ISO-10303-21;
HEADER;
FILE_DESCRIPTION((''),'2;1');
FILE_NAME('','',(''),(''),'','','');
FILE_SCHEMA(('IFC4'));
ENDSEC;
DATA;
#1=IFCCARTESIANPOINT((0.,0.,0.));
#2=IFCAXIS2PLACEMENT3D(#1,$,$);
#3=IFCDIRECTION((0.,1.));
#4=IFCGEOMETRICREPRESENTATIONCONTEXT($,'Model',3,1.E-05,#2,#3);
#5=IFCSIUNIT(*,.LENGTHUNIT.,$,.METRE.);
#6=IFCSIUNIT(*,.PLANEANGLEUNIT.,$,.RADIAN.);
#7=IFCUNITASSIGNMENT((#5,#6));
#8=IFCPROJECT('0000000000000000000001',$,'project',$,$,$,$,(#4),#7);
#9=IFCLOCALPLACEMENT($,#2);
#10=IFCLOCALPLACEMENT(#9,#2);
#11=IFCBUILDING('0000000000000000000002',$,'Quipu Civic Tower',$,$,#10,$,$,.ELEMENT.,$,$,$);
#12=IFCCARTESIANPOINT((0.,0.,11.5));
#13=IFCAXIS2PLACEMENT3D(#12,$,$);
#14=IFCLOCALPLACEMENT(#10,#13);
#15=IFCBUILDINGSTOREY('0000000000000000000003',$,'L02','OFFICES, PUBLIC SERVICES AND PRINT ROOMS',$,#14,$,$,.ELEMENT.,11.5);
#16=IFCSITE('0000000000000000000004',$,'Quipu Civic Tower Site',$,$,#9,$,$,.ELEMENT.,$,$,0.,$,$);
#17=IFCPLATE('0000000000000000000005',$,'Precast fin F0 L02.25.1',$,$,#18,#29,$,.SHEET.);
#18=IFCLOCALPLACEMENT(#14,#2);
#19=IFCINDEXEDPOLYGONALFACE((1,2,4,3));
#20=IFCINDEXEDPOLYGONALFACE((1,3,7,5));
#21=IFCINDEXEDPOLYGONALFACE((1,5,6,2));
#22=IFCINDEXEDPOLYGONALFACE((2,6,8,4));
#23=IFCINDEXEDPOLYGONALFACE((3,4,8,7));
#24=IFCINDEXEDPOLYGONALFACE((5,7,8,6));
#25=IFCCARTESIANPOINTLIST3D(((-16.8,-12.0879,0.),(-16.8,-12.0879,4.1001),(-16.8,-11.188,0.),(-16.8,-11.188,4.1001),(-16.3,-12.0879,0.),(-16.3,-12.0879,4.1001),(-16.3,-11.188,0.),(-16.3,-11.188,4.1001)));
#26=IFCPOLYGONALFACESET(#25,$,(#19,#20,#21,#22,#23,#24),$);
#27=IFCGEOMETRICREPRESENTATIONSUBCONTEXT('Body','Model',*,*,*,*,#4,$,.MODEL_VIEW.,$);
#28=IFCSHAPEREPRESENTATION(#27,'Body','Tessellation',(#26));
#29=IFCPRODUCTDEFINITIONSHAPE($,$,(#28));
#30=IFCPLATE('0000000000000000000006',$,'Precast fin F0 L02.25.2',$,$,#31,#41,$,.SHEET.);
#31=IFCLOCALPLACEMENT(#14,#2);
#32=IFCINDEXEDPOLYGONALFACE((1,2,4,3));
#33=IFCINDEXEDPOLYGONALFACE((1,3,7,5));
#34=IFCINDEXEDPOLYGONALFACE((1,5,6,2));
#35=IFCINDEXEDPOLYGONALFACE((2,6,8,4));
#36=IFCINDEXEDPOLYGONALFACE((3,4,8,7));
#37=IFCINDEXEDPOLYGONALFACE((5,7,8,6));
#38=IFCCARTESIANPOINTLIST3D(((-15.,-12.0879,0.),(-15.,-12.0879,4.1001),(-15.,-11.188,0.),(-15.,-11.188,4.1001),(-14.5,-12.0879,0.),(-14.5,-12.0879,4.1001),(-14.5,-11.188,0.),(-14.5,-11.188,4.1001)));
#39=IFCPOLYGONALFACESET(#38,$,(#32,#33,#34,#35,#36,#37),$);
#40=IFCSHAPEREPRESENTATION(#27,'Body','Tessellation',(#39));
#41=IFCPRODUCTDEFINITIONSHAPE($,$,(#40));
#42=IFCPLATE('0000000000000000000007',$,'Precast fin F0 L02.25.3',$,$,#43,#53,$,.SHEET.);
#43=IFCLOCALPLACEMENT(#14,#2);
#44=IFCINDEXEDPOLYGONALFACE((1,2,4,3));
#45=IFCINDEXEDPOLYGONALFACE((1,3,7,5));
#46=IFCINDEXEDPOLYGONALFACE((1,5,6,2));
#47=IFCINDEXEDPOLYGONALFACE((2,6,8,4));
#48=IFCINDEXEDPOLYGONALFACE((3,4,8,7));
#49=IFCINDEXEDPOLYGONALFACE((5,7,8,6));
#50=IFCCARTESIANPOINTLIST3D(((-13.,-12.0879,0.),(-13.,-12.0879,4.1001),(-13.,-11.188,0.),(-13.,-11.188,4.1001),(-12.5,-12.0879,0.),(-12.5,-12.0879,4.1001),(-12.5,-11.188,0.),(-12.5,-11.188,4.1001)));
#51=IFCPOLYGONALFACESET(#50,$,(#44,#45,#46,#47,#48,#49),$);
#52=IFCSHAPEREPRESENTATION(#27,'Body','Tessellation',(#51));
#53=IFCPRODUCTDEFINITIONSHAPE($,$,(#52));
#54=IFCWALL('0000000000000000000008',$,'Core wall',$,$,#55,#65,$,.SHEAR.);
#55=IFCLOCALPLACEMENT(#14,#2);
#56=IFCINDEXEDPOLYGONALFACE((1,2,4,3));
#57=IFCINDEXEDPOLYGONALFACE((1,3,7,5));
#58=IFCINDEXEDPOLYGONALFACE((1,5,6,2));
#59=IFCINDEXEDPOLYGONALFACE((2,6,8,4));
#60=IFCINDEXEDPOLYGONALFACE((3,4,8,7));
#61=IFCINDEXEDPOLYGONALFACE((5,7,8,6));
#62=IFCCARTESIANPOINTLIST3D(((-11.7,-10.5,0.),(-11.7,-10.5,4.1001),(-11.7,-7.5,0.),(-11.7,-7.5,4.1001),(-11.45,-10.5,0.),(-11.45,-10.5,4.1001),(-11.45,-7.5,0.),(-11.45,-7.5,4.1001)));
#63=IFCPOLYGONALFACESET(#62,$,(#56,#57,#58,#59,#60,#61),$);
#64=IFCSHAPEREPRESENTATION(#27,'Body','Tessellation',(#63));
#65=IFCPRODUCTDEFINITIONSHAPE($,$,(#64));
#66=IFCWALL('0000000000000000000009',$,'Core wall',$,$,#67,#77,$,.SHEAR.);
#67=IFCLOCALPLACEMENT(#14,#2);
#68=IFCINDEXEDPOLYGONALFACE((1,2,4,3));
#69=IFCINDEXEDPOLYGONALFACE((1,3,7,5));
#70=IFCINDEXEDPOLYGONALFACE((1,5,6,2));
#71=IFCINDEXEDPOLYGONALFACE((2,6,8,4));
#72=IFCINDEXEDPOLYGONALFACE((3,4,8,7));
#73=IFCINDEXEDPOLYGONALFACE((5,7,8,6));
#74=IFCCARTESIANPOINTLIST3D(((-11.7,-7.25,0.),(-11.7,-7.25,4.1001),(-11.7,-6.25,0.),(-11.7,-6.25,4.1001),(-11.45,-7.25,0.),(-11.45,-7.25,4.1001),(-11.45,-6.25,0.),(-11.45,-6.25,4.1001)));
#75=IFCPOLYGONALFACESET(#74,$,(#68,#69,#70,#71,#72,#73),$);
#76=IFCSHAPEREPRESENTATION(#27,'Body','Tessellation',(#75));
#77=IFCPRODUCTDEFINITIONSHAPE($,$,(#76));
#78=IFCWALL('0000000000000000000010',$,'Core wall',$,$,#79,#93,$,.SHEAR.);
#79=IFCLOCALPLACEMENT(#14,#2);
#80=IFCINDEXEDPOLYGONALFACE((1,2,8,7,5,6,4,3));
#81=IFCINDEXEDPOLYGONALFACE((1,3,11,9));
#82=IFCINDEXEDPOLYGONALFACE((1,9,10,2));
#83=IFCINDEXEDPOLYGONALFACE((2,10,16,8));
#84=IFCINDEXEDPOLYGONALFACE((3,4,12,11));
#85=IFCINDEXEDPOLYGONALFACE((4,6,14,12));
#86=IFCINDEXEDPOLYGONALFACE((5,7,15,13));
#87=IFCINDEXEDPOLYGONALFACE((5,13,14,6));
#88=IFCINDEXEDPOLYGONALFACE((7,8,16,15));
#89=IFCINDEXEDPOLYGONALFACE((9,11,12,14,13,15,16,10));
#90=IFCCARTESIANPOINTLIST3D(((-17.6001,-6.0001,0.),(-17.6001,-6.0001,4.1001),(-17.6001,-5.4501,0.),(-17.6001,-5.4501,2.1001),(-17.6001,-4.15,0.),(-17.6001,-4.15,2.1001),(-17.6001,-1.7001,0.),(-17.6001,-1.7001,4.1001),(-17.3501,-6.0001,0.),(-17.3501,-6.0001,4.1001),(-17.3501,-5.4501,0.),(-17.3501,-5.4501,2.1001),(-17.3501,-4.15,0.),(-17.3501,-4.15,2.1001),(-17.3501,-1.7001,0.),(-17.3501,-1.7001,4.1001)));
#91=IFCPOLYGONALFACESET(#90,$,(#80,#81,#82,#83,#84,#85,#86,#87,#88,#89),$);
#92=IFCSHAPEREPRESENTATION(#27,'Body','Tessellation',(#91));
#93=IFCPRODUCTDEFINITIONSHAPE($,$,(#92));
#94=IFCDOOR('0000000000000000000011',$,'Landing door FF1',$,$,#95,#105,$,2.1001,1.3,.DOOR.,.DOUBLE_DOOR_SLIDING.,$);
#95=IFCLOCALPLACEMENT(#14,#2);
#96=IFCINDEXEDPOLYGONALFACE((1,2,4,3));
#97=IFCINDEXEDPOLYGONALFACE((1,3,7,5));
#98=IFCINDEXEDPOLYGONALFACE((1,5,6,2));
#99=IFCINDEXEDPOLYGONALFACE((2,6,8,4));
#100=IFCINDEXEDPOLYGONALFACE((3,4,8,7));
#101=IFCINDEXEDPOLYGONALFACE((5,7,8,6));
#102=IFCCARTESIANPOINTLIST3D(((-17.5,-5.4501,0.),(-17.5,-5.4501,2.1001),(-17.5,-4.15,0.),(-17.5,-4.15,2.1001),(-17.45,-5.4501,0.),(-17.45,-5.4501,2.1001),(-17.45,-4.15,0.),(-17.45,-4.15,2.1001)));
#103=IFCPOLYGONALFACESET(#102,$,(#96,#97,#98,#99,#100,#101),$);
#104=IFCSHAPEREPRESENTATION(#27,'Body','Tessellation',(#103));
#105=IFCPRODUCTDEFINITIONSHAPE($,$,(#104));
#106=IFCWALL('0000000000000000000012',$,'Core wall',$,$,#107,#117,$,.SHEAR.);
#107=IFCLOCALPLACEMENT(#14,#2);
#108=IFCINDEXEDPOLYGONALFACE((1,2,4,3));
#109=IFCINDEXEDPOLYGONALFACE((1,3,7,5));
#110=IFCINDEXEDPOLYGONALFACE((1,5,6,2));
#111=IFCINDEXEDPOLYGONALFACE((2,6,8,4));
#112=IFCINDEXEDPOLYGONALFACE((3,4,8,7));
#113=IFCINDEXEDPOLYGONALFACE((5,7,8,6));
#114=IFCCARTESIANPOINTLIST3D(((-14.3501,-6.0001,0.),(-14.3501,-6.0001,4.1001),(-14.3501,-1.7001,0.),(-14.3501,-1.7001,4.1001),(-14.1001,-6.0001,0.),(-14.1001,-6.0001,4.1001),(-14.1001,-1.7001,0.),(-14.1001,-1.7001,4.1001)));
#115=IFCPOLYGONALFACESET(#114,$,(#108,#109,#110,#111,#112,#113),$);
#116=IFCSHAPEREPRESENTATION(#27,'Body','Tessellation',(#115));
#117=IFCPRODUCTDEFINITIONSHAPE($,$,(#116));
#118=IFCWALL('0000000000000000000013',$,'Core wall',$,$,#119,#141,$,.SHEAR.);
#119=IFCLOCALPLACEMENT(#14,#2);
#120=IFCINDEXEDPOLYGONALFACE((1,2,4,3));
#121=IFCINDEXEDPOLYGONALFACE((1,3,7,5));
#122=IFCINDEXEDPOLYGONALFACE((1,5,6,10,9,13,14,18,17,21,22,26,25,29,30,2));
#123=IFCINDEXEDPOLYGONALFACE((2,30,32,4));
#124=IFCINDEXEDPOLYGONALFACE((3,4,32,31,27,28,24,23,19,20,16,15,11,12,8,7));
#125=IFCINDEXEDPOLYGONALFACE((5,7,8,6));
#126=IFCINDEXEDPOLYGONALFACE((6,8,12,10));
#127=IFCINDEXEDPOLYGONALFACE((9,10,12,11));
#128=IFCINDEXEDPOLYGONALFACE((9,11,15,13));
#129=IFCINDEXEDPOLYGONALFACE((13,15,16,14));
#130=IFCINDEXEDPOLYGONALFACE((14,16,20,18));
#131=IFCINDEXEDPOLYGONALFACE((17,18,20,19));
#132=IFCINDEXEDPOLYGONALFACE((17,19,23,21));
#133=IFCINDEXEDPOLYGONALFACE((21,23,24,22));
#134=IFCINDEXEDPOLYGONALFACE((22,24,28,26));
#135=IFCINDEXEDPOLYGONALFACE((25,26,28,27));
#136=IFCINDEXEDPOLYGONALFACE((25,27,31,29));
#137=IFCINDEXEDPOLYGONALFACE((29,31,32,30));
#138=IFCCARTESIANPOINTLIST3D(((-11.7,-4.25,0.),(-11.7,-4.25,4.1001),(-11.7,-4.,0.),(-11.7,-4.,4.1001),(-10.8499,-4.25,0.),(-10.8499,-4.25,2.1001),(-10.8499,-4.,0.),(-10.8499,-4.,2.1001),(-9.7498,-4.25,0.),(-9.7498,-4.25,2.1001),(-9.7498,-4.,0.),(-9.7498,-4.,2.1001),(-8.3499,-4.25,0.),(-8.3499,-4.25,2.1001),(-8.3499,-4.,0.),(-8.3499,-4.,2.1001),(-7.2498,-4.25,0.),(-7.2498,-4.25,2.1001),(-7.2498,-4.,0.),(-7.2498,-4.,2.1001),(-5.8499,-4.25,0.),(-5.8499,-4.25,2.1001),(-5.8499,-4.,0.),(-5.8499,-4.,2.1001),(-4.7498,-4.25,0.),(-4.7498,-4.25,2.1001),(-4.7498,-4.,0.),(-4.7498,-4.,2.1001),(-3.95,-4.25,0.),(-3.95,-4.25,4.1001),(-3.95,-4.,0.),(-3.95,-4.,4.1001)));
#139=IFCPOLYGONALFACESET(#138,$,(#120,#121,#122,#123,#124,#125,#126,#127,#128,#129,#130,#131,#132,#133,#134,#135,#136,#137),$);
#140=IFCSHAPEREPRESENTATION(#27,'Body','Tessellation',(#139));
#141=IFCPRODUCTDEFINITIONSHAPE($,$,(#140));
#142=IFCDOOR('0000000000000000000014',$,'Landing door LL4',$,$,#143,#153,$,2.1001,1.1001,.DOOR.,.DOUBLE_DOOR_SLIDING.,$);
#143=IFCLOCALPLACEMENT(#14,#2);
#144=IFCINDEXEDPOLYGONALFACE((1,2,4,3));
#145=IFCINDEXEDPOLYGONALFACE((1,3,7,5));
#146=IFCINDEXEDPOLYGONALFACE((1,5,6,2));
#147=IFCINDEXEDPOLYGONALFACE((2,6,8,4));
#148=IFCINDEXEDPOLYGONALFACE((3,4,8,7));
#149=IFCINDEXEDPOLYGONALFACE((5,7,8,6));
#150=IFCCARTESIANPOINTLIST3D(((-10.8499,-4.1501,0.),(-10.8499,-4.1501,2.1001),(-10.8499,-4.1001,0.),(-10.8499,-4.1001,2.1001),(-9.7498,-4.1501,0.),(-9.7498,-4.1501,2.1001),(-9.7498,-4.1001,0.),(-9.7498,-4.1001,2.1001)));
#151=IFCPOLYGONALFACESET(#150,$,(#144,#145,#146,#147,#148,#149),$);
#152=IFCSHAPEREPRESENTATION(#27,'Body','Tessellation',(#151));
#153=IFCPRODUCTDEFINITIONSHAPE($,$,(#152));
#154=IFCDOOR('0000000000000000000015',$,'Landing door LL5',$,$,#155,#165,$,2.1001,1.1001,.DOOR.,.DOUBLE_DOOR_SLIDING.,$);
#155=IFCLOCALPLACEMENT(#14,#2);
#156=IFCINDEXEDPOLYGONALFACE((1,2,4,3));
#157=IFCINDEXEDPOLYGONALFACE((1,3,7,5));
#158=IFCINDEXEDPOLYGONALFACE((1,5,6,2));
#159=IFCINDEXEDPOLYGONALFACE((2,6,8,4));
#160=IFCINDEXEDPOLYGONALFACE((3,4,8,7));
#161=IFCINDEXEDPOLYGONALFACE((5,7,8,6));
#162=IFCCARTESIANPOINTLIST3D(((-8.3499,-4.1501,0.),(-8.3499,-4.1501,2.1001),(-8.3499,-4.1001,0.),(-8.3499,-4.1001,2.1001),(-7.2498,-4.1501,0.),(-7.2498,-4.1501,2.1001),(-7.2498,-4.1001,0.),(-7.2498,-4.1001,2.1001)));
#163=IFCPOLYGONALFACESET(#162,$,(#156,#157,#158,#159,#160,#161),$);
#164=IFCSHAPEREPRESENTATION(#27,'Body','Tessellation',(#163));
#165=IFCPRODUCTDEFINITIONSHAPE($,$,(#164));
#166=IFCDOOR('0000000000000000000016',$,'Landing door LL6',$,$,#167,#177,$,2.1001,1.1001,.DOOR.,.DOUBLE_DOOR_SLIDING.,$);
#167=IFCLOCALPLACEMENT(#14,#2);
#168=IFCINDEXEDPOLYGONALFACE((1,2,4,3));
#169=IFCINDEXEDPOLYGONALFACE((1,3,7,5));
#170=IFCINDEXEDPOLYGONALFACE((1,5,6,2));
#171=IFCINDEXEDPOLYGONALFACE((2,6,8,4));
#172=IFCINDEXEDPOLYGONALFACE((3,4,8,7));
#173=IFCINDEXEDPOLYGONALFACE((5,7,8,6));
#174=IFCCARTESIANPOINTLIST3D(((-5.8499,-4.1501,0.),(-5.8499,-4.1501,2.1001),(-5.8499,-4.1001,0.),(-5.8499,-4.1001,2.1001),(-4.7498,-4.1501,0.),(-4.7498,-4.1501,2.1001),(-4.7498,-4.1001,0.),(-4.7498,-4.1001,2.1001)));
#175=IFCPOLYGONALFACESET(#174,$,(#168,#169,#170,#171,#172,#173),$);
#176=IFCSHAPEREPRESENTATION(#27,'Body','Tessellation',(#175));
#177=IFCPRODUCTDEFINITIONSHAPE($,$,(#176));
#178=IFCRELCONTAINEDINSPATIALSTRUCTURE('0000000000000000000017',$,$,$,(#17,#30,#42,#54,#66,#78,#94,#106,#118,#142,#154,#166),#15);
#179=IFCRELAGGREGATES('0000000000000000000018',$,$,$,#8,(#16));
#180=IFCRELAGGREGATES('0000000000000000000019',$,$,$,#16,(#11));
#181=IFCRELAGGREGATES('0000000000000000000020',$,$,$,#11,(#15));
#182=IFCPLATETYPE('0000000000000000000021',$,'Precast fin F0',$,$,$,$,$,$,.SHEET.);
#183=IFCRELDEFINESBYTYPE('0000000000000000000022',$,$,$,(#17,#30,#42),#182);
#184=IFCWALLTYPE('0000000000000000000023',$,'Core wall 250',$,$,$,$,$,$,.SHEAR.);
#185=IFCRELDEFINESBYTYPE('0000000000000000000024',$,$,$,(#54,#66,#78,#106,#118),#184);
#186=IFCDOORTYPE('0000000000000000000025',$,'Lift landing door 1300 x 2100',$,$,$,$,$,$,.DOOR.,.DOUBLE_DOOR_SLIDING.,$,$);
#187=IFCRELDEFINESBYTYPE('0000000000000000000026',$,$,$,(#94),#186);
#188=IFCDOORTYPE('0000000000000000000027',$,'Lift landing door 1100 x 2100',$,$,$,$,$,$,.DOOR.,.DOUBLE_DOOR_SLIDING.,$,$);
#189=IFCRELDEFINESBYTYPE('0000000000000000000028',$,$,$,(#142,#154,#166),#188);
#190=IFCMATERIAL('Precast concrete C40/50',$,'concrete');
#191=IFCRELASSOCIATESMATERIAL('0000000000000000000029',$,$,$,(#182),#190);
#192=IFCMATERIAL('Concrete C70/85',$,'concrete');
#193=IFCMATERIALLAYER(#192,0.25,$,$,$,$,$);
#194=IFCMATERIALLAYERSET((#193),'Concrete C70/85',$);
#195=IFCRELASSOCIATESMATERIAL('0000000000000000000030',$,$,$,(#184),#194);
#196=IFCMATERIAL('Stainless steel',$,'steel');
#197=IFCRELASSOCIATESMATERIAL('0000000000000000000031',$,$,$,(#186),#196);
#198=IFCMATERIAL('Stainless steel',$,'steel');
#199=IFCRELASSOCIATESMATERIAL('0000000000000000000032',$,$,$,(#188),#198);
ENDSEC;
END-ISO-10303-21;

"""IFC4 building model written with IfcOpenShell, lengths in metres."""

from ifc_helpers import new_model, si_unit, direction, frame, frame_2d, origin, origin_2d, place, context, subcontext, project, spatial, rectangle, extrude, material, layer, layer_set, type_object, element, fill, save


model = new_model("IFC4")

# Units and contexts
model_context = context("Model", 3, precision=1e-05, world=origin(), true_north=direction((0.0, 1.0)))
body_context = subcontext(model_context, "Body", "Model", "MODEL_VIEW")
ifc_project = project(units=[si_unit("LENGTHUNIT", "METRE"), si_unit("PLANEANGLEUNIT", "RADIAN")], contexts=[model_context])

# Site, building, storey
site_placement = place(None, origin())
site = spatial("IfcSite", under=ifc_project, at=site_placement, Name="Quipu Civic Tower Site", CompositionType="ELEMENT", RefElevation=0.0)
building_placement = place(site_placement, origin())
building = spatial("IfcBuilding", under=site, at=building_placement, Name="Quipu Civic Tower", CompositionType="ELEMENT")
storey_placement = place(building_placement, frame((0.0, 0.0, 11.5)))
storey = spatial("IfcBuildingStorey", under=building, at=storey_placement, Name="L02", Description="OFFICES, PUBLIC SERVICES AND PRINT ROOMS", CompositionType="ELEMENT", Elevation=11.5)

# Plates
ifc_material_1 = material(Name="Precast concrete C40/50", Category="concrete")
plate_type = type_object("IfcPlateType", Name="Precast fin F0", PredefinedType="SHEET", material=ifc_material_1)
for number, where, z_axis, x_axis, name in (
    (1, (-16.55, -11.6379, 0.0), (0.0, 0.0, 1.0), (1.0, 0.0, 0.0), "Precast fin F0 L02.25.1"),
    (2, (-14.75, -11.6379, 0.0), (0.0, 0.0, 1.0), (1.0, 0.0, 0.0), "Precast fin F0 L02.25.2"),
    (3, (-12.75, -11.6379, 0.0), (0.0, 0.0, 1.0), (1.0, 0.0, 0.0), "Precast fin F0 L02.25.3"),
):
    element("IfcPlate", number, at=place(storey_placement, frame(where, z_axis=z_axis, x_axis=x_axis)), inside=storey, type_object=plate_type, Name=name, PredefinedType="SHEET", context=body_context, shape_type="SweptSolid", body=[
        extrude(rectangle(XDim=0.5, YDim=0.8999, at=origin_2d()), origin(), (0.0, 0.0, 1.0), 4.1001),
    ])

# Walls
ifc_material_2 = material(Name="Concrete C70/85", Category="concrete")
ifc_layer_1 = layer(ifc_material_2, 0.25)
ifc_layer_set_1 = layer_set([ifc_layer_1], Name="Concrete C70/85")
wall_type_1 = type_object("IfcWallType", Name="Core wall 250", PredefinedType="SHEAR", material=ifc_layer_set_1)
wall_1_placement = place(storey_placement, frame((-11.575, -10.5, 0.0), z_axis=(0.0, 0.0, 1.0), x_axis=(0.0, 1.0, 0.0)))
element("IfcWall", 4, at=wall_1_placement, inside=storey, type_object=wall_type_1, Name="Core wall", PredefinedType="SHEAR", context=body_context, shape_type="SweptSolid", body=[
    extrude(rectangle(XDim=3.0, YDim=0.25, at=frame_2d((1.5, 0.0))), origin(), (0.0, 0.0, 1.0), 4.1001),
])
wall_2_placement = place(storey_placement, frame((-11.575, -7.25, 0.0), z_axis=(0.0, 0.0, 1.0), x_axis=(0.0, 1.0, 0.0)))
element("IfcWall", 5, at=wall_2_placement, inside=storey, type_object=wall_type_1, Name="Core wall", PredefinedType="SHEAR", context=body_context, shape_type="SweptSolid", body=[
    extrude(rectangle(XDim=1.0, YDim=0.25, at=frame_2d((0.5, 0.0))), origin(), (0.0, 0.0, 1.0), 4.1001),
])

# Wall, opening, door
wall_3_placement = place(storey_placement, frame((-17.4751, -6.0, 0.0), z_axis=(0.0, 0.0, 1.0), x_axis=(0.0, 1.0, 0.0)))
wall_3 = element("IfcWall", 6, at=wall_3_placement, inside=storey, type_object=wall_type_1, Name="Core wall", PredefinedType="SHEAR", context=body_context, shape_type="SweptSolid", body=[
    extrude(rectangle(XDim=4.3, YDim=0.25, at=frame_2d((2.1499, 0.0))), origin(), (0.0, 0.0, 1.0), 4.1001),
])
opening_1_placement = place(wall_3_placement, frame((0.55, 0.0, 0.0)))
opening_1 = element("IfcOpeningElement", 7, at=opening_1_placement, cuts=wall_3, PredefinedType="OPENING", context=body_context, shape_type="SweptSolid", body=[
    extrude(rectangle(XDim=1.3, YDim=2.1001, at=frame_2d((0.6499, 1.05))), frame((0.0, 0.135, 0.0), z_axis=(0.0, -1.0, 0.0), x_axis=(1.0, 0.0, 0.0)), (0.0, 0.0, 1.0), 0.27),
])
ifc_material_3 = material(Name="Stainless steel", Category="steel")
door_type_1 = type_object("IfcDoorType", Name="Lift landing door 1300 x 2100", OperationType="DOUBLE_DOOR_SLIDING", PredefinedType="DOOR", material=ifc_material_3)
door_1_placement = place(opening_1_placement, origin())
door_1 = element("IfcDoor", 8, at=door_1_placement, inside=storey, type_object=door_type_1, Name="Landing door FF1", OperationType="DOUBLE_DOOR_SLIDING", OverallHeight=2.1001, OverallWidth=1.3, PredefinedType="DOOR", context=body_context, shape_type="SweptSolid", body=[
    extrude(rectangle(XDim=1.3, YDim=2.1001, at=frame_2d((0.6499, 1.05))), frame((0.0, 0.0249, 0.0), z_axis=(0.0, -1.0, 0.0), x_axis=(1.0, 0.0, 0.0)), (0.0, 0.0, 1.0), 0.05),
])
fill(opening_1, door_1)

# Wall
wall_4_placement = place(storey_placement, frame((-14.2251, -6.0, 0.0), z_axis=(0.0, 0.0, 1.0), x_axis=(0.0, 1.0, 0.0)))
element("IfcWall", 9, at=wall_4_placement, inside=storey, type_object=wall_type_1, Name="Core wall", PredefinedType="SHEAR", context=body_context, shape_type="SweptSolid", body=[
    extrude(rectangle(XDim=4.3, YDim=0.25, at=frame_2d((2.1499, 0.0))), origin(), (0.0, 0.0, 1.0), 4.1001),
])

# Wall, openings, doors
wall_5_placement = place(storey_placement, frame((-11.7, -4.125, 0.0), z_axis=(0.0, 0.0, 1.0), x_axis=(1.0, 0.0, 0.0)))
wall_5 = element("IfcWall", 10, at=wall_5_placement, inside=storey, type_object=wall_type_1, Name="Core wall", PredefinedType="SHEAR", context=body_context, shape_type="SweptSolid", body=[
    extrude(rectangle(XDim=7.75, YDim=0.25, at=frame_2d((3.875, 0.0))), origin(), (0.0, 0.0, 1.0), 4.1001),
])
opening_2_placement = place(wall_5_placement, frame((0.8501, 0.0, 0.0)))
opening_2 = element("IfcOpeningElement", 11, at=opening_2_placement, cuts=wall_5, PredefinedType="OPENING", context=body_context, shape_type="SweptSolid", body=[
    extrude(rectangle(XDim=1.1001, YDim=2.1001, at=frame_2d((0.55, 1.05))), frame((0.0, 0.135, 0.0), z_axis=(0.0, -1.0, 0.0), x_axis=(1.0, 0.0, 0.0)), (0.0, 0.0, 1.0), 0.27),
])
opening_3_placement = place(wall_5_placement, frame((3.3501, 0.0, 0.0)))
opening_3 = element("IfcOpeningElement", 12, at=opening_3_placement, cuts=wall_5, PredefinedType="OPENING", context=body_context, shape_type="SweptSolid", body=[
    extrude(rectangle(XDim=1.1001, YDim=2.1001, at=frame_2d((0.55, 1.05))), frame((0.0, 0.135, 0.0), z_axis=(0.0, -1.0, 0.0), x_axis=(1.0, 0.0, 0.0)), (0.0, 0.0, 1.0), 0.27),
])
opening_4_placement = place(wall_5_placement, frame((5.8501, 0.0, 0.0)))
opening_4 = element("IfcOpeningElement", 13, at=opening_4_placement, cuts=wall_5, PredefinedType="OPENING", context=body_context, shape_type="SweptSolid", body=[
    extrude(rectangle(XDim=1.1001, YDim=2.1001, at=frame_2d((0.55, 1.05))), frame((0.0, 0.135, 0.0), z_axis=(0.0, -1.0, 0.0), x_axis=(1.0, 0.0, 0.0)), (0.0, 0.0, 1.0), 0.27),
])
ifc_material_4 = material(Name="Stainless steel", Category="steel")
door_type_2 = type_object("IfcDoorType", Name="Lift landing door 1100 x 2100", OperationType="DOUBLE_DOOR_SLIDING", PredefinedType="DOOR", material=ifc_material_4)
door_2_placement = place(opening_2_placement, origin())
door_2 = element("IfcDoor", 14, at=door_2_placement, inside=storey, type_object=door_type_2, Name="Landing door LL4", OperationType="DOUBLE_DOOR_SLIDING", OverallHeight=2.1001, OverallWidth=1.1001, PredefinedType="DOOR", context=body_context, shape_type="SweptSolid", body=[
    extrude(rectangle(XDim=1.1001, YDim=2.1001, at=frame_2d((0.55, 1.05))), frame((0.0, 0.0249, 0.0), z_axis=(0.0, -1.0, 0.0), x_axis=(1.0, 0.0, 0.0)), (0.0, 0.0, 1.0), 0.05),
])
fill(opening_2, door_2)
door_3_placement = place(opening_3_placement, origin())
door_3 = element("IfcDoor", 15, at=door_3_placement, inside=storey, type_object=door_type_2, Name="Landing door LL5", OperationType="DOUBLE_DOOR_SLIDING", OverallHeight=2.1001, OverallWidth=1.1001, PredefinedType="DOOR", context=body_context, shape_type="SweptSolid", body=[
    extrude(rectangle(XDim=1.1001, YDim=2.1001, at=frame_2d((0.55, 1.05))), frame((0.0, 0.0249, 0.0), z_axis=(0.0, -1.0, 0.0), x_axis=(1.0, 0.0, 0.0)), (0.0, 0.0, 1.0), 0.05),
])
fill(opening_3, door_3)
door_4_placement = place(opening_4_placement, origin())
door_4 = element("IfcDoor", 16, at=door_4_placement, inside=storey, type_object=door_type_2, Name="Landing door LL6", OperationType="DOUBLE_DOOR_SLIDING", OverallHeight=2.1001, OverallWidth=1.1001, PredefinedType="DOOR", context=body_context, shape_type="SweptSolid", body=[
    extrude(rectangle(XDim=1.1001, YDim=2.1001, at=frame_2d((0.55, 1.05))), frame((0.0, 0.0249, 0.0), z_axis=(0.0, -1.0, 0.0), x_axis=(1.0, 0.0, 0.0)), (0.0, 0.0, 1.0), 0.05),
])
fill(opening_4, door_4)

save(model, "model.ifc")
